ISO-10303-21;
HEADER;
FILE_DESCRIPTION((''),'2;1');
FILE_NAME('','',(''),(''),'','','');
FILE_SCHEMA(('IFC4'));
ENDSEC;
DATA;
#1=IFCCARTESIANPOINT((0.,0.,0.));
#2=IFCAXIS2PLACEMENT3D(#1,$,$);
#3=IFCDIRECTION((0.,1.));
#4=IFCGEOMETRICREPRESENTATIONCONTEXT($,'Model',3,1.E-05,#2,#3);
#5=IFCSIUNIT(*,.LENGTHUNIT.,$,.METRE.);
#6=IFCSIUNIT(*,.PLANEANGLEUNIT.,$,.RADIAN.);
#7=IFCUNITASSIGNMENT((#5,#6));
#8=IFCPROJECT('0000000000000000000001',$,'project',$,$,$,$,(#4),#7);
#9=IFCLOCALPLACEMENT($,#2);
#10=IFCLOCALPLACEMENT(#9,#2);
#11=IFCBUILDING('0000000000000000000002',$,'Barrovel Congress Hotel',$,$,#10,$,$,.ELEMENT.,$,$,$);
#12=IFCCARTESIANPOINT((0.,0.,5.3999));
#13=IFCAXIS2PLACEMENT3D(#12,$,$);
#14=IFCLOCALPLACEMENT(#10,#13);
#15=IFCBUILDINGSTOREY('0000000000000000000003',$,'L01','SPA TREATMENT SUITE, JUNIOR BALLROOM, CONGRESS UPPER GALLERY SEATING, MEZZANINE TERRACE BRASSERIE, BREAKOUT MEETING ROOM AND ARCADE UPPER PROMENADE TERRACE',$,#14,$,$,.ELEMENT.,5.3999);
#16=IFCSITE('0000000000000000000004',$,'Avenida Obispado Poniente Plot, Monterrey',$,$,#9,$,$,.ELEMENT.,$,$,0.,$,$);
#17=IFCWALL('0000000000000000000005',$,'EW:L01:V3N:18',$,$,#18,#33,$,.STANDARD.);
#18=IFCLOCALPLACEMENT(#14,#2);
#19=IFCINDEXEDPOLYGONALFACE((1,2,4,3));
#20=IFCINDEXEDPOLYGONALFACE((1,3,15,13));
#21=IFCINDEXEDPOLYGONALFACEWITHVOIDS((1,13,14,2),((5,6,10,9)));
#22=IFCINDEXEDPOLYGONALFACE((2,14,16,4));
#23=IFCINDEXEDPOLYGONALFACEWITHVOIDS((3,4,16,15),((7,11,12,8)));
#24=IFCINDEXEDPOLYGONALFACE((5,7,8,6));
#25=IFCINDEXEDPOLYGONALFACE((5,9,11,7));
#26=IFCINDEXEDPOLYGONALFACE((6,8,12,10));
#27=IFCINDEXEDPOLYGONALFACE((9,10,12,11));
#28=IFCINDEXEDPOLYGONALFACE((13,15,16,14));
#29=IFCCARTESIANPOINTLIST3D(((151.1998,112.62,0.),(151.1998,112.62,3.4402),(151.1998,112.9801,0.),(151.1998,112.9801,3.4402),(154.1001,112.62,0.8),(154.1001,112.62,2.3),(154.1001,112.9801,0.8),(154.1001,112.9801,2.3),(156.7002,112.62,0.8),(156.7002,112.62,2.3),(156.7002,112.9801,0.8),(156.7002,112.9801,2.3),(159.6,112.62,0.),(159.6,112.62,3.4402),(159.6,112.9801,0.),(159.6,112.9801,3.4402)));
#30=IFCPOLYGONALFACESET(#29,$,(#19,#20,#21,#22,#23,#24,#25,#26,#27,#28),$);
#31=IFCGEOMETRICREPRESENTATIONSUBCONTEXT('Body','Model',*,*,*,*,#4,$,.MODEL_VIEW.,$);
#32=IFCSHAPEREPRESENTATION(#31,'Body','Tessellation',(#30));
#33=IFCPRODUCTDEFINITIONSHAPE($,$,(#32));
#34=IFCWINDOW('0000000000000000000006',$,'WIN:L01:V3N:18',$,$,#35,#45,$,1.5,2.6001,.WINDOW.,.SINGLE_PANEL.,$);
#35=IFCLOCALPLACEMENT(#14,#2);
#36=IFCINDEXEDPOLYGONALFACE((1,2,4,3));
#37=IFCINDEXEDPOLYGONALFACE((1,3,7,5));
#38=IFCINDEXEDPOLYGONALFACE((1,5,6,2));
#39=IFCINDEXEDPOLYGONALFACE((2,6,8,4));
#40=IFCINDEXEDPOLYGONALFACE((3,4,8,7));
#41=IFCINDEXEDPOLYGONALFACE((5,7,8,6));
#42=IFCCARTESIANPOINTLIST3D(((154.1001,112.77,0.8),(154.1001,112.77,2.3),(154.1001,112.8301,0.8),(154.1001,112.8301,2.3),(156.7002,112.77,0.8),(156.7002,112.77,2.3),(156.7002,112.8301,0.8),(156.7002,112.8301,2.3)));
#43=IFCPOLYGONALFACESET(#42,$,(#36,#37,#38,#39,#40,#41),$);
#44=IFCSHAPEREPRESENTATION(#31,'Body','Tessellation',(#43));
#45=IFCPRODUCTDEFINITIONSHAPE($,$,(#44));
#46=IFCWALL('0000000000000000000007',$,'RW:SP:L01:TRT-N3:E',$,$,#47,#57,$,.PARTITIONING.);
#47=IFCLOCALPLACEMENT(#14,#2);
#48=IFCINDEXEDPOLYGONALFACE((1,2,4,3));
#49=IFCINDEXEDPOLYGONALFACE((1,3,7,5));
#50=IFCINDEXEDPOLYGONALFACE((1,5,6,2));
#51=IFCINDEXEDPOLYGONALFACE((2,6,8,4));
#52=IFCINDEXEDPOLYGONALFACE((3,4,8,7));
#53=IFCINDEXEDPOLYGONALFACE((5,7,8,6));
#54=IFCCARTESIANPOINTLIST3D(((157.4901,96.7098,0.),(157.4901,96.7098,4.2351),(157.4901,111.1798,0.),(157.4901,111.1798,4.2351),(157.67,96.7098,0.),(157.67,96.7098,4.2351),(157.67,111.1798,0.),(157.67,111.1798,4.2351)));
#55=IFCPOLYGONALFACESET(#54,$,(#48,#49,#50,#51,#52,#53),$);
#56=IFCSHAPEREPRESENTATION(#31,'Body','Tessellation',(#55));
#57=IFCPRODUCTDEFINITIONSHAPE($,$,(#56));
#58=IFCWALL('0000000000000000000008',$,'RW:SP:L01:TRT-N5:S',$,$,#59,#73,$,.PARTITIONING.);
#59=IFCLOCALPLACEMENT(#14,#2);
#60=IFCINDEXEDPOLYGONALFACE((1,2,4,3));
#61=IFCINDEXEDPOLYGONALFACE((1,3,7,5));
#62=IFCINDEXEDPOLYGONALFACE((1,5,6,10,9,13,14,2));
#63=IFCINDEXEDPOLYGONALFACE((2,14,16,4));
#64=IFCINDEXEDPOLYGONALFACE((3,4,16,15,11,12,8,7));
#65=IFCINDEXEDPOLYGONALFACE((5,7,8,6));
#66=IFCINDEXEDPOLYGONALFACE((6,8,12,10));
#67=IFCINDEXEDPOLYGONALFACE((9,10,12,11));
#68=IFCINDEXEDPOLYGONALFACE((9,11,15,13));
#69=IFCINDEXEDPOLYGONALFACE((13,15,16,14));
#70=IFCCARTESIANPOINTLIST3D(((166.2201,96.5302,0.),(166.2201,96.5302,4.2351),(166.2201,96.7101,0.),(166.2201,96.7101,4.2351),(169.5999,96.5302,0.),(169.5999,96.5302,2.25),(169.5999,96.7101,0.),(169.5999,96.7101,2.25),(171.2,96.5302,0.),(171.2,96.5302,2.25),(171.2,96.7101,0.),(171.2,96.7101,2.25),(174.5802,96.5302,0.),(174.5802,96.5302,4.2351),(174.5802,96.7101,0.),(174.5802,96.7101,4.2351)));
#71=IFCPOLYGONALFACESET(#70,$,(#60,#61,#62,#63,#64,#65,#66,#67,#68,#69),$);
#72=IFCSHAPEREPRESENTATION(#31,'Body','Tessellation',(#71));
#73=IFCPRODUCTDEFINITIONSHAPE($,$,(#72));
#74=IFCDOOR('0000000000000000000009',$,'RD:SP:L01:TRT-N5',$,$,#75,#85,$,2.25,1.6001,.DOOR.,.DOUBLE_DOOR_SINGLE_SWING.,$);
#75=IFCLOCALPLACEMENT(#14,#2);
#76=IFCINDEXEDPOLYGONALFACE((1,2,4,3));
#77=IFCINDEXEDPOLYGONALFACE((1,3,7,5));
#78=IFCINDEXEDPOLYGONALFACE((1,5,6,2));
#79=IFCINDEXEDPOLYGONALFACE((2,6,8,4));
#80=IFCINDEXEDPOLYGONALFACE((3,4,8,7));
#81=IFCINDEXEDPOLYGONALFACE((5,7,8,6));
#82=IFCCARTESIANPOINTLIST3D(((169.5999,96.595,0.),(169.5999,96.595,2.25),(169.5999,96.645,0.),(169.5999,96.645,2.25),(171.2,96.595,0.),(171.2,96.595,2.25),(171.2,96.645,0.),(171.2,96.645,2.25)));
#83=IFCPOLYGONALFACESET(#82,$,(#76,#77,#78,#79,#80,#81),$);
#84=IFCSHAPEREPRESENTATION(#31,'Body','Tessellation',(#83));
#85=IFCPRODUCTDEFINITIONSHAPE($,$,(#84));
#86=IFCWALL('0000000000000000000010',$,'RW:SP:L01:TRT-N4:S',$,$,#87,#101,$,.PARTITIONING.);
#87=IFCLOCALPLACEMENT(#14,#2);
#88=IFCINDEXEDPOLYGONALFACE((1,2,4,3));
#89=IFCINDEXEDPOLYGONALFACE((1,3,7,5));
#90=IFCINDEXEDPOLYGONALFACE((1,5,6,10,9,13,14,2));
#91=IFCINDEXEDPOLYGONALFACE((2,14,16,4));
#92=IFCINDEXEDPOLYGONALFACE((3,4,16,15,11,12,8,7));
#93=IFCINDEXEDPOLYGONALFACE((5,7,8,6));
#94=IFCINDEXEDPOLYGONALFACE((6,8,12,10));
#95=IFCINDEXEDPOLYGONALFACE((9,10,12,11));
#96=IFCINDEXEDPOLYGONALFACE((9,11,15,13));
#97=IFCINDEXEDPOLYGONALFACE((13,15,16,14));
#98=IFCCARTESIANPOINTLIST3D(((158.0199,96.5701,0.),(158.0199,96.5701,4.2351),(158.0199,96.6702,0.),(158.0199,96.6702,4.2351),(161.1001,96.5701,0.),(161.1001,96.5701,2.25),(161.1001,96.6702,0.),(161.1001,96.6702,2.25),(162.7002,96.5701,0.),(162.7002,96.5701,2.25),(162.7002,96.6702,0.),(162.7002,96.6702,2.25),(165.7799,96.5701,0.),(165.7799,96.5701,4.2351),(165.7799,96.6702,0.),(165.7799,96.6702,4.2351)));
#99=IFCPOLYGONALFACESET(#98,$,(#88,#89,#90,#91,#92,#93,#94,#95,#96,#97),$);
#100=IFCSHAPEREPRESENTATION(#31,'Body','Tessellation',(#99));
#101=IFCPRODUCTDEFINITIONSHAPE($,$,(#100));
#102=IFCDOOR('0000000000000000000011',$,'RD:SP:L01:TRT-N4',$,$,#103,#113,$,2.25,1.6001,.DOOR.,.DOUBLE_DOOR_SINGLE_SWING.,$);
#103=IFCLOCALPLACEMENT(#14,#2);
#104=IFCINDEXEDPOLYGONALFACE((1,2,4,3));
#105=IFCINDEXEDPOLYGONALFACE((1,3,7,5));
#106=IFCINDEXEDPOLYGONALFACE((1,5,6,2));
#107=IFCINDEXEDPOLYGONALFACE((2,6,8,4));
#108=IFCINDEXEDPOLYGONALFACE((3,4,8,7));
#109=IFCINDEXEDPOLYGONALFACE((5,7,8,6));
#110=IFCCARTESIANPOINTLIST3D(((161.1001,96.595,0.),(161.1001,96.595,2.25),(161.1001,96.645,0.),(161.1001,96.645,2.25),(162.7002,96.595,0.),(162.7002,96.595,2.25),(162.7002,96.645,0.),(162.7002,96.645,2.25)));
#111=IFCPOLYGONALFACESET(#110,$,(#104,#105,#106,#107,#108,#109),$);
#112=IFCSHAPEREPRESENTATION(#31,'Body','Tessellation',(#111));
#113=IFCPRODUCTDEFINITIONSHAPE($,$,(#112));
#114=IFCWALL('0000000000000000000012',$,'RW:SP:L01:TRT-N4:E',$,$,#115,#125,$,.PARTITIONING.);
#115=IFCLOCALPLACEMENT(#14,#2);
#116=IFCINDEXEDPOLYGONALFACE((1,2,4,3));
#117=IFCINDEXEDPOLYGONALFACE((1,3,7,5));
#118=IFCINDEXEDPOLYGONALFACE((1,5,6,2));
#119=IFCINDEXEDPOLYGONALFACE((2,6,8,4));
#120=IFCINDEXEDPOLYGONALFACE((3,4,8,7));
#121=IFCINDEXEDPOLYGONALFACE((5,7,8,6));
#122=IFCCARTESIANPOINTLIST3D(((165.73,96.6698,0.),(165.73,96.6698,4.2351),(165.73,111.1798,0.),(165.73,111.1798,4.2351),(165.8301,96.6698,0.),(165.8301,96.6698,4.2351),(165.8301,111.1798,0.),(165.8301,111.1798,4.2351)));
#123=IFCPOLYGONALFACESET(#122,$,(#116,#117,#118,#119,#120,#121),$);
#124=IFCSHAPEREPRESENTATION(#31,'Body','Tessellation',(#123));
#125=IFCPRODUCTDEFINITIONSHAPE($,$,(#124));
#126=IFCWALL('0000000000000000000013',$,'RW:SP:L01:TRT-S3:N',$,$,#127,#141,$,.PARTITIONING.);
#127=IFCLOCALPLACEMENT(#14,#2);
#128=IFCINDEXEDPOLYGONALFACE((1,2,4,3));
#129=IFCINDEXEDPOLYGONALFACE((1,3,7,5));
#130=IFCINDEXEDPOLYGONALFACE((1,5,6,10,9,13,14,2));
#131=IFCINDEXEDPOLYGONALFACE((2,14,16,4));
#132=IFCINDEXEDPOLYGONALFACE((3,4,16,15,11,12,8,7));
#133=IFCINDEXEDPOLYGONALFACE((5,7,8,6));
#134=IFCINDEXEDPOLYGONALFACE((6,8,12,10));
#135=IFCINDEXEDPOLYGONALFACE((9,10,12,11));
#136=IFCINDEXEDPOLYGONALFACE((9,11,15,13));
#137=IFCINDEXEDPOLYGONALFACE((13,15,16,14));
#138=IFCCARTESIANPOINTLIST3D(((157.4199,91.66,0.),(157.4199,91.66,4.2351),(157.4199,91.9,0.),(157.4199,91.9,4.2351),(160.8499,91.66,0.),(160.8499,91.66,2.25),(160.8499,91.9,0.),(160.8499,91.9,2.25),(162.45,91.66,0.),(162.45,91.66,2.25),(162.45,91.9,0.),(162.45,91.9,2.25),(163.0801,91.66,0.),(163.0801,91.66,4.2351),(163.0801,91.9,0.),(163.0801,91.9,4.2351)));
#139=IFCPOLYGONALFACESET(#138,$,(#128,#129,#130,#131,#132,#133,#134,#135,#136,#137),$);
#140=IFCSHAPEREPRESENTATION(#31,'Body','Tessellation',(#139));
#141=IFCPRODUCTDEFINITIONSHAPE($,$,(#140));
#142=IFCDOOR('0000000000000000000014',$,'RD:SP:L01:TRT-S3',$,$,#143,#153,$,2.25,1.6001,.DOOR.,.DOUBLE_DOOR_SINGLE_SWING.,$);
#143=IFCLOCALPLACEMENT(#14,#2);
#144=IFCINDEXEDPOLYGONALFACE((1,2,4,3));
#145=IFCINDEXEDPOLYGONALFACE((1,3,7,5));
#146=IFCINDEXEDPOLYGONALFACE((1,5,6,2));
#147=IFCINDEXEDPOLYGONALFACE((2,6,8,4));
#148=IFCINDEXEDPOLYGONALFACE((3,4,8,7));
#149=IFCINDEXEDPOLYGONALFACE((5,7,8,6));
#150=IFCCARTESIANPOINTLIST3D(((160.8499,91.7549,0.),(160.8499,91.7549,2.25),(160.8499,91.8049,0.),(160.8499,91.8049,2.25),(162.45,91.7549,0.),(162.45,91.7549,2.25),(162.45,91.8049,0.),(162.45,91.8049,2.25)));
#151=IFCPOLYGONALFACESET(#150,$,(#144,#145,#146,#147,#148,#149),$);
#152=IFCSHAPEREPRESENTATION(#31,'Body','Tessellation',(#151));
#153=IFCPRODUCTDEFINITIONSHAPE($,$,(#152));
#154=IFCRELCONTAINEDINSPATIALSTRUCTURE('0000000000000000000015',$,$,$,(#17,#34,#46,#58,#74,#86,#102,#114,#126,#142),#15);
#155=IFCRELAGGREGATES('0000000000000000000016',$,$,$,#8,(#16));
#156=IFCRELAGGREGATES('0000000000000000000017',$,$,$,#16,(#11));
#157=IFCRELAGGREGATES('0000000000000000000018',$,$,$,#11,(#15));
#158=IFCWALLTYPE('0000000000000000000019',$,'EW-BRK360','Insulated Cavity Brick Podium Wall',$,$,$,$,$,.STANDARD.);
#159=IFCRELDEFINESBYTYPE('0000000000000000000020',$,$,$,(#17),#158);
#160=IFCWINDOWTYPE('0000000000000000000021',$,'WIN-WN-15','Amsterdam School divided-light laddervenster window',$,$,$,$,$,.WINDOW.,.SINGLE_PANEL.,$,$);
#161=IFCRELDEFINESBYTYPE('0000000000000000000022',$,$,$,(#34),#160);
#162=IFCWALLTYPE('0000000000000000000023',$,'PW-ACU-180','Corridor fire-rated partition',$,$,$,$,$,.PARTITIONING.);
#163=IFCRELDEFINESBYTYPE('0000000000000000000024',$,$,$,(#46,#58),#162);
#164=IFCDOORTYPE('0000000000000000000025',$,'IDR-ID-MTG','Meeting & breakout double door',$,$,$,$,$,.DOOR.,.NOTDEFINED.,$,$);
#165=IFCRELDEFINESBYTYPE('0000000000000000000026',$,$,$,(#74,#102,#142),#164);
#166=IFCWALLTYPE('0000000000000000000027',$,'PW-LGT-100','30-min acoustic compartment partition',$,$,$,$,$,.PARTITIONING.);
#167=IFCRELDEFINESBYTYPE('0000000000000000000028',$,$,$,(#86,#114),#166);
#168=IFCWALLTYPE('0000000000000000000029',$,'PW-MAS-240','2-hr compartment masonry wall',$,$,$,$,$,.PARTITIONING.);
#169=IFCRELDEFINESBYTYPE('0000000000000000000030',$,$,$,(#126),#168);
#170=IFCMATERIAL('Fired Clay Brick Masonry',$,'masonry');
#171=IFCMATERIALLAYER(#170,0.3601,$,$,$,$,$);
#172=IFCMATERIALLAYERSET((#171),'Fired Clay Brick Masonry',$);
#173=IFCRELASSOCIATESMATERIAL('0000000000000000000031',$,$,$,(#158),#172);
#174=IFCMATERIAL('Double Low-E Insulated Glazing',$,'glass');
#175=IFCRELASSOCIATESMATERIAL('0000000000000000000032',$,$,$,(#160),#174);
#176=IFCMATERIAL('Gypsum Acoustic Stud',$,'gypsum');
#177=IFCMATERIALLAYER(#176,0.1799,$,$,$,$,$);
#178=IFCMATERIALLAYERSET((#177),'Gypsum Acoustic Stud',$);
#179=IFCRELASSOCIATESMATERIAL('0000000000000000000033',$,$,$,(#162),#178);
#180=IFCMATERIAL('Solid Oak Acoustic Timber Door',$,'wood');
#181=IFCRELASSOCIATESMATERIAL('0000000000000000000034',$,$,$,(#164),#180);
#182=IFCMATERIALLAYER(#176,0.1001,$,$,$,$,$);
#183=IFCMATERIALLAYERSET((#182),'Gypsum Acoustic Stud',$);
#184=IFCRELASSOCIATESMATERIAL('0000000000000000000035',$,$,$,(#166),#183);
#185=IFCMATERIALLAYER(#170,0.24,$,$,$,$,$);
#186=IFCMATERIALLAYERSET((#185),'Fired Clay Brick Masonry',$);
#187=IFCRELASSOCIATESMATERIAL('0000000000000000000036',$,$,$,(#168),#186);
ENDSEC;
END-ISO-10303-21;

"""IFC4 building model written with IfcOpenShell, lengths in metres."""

from ifc_helpers import new_model, si_unit, direction, frame, frame_2d, origin, place, context, subcontext, project, spatial, rectangle, extrude, material, layer, layer_set, type_object, element, fill, save


model = new_model("IFC4")

# Units and contexts
model_context = context("Model", 3, precision=1e-05, world=origin(), true_north=direction((0.0, 1.0)))
body_context = subcontext(model_context, "Body", "Model", "MODEL_VIEW")
ifc_project = project(units=[si_unit("LENGTHUNIT", "METRE"), si_unit("PLANEANGLEUNIT", "RADIAN")], contexts=[model_context])

# Site, building, storey
site_placement = place(None, origin())
site = spatial("IfcSite", under=ifc_project, at=site_placement, Name="Avenida Obispado Poniente Plot, Monterrey", CompositionType="ELEMENT", RefElevation=0.0)
building_placement = place(site_placement, origin())
building = spatial("IfcBuilding", under=site, at=building_placement, Name="Barrovel Congress Hotel", CompositionType="ELEMENT")
storey_placement = place(building_placement, frame((0.0, 0.0, 5.3999)))
storey = spatial("IfcBuildingStorey", under=building, at=storey_placement, Name="L01", Description="SPA TREATMENT SUITE, JUNIOR BALLROOM, CONGRESS UPPER GALLERY SEATING, MEZZANINE TERRACE BRASSERIE, BREAKOUT MEETING ROOM AND ARCADE UPPER PROMENADE TERRACE", CompositionType="ELEMENT", Elevation=5.3999)

# Wall, opening, window
ifc_material_1 = material(Name="Fired Clay Brick Masonry", Category="masonry")
ifc_layer_1 = layer(ifc_material_1, 0.3601)
ifc_layer_set_1 = layer_set([ifc_layer_1], Name="Fired Clay Brick Masonry")
wall_type_1 = type_object("IfcWallType", Name="EW-BRK360", Description="Insulated Cavity Brick Podium Wall", PredefinedType="STANDARD", material=ifc_layer_set_1)
wall_1_placement = place(storey_placement, frame((159.6001, 112.8, 0.0), z_axis=(0.0, 0.0, 1.0), x_axis=(-1.0, 0.0, 0.0)))
wall_1 = element("IfcWall", 1, at=wall_1_placement, inside=storey, type_object=wall_type_1, Name="EW:L01:V3N:18", PredefinedType="STANDARD", context=body_context, shape_type="SweptSolid", body=[
    extrude(rectangle(XDim=8.4001, YDim=0.3601, at=frame_2d((4.2002, 0.0))), origin(), (0.0, 0.0, 1.0), 3.4402),
])
opening_1_placement = place(wall_1_placement, frame((2.8999, 0.0, 0.8)))
opening_1 = element("IfcOpeningElement", 2, at=opening_1_placement, cuts=wall_1, PredefinedType="OPENING", context=body_context, shape_type="SweptSolid", body=[
    extrude(rectangle(XDim=2.6001, YDim=1.5, at=frame_2d((1.3, 0.75))), frame((0.0, 0.1899, 0.0), z_axis=(0.0, -1.0, 0.0), x_axis=(1.0, 0.0, 0.0)), (0.0, 0.0, 1.0), 0.3801),
])
ifc_material_2 = material(Name="Double Low-E Insulated Glazing", Category="glass")
window_type = type_object("IfcWindowType", Name="WIN-WN-15", Description="Amsterdam School divided-light laddervenster window", PartitioningType="SINGLE_PANEL", PredefinedType="WINDOW", material=ifc_material_2)
window_placement = place(opening_1_placement, origin())
window = element("IfcWindow", 3, at=window_placement, inside=storey, type_object=window_type, Name="WIN:L01:V3N:18", OverallHeight=1.5, OverallWidth=2.6001, PartitioningType="SINGLE_PANEL", PredefinedType="WINDOW", context=body_context, shape_type="SweptSolid", body=[
    extrude(rectangle(XDim=2.6001, YDim=1.5, at=frame_2d((1.3, 0.75))), frame((0.0, 0.03, 0.0), z_axis=(0.0, -1.0, 0.0), x_axis=(1.0, 0.0, 0.0)), (0.0, 0.0, 1.0), 0.0601),
])
fill(opening_1, window)

# Wall
ifc_material_3 = material(Name="Gypsum Acoustic Stud", Category="gypsum")
ifc_layer_2 = layer(ifc_material_3, 0.1799)
ifc_layer_set_2 = layer_set([ifc_layer_2], Name="Gypsum Acoustic Stud")
wall_type_2 = type_object("IfcWallType", Name="PW-ACU-180", Description="Corridor fire-rated partition", PredefinedType="PARTITIONING", material=ifc_layer_set_2)
wall_2_placement = place(storey_placement, frame((157.5801, 96.71, 0.0), z_axis=(0.0, 0.0, 1.0), x_axis=(0.0, 1.0, 0.0)))
element("IfcWall", 4, at=wall_2_placement, inside=storey, type_object=wall_type_2, Name="RW:SP:L01:TRT-N3:E", PredefinedType="PARTITIONING", context=body_context, shape_type="SweptSolid", body=[
    extrude(rectangle(XDim=14.47, YDim=0.1799, at=frame_2d((7.2349, 0.0))), origin(), (0.0, 0.0, 1.0), 4.2351),
])

# Walls, openings, doors
wall_3_placement = place(storey_placement, frame((166.22, 96.6201, 0.0), z_axis=(0.0, 0.0, 1.0), x_axis=(1.0, 0.0, 0.0)))
wall_3 = element("IfcWall", 5, at=wall_3_placement, inside=storey, type_object=wall_type_2, Name="RW:SP:L01:TRT-N5:S", PredefinedType="PARTITIONING", context=body_context, shape_type="SweptSolid", body=[
    extrude(rectangle(XDim=8.3601, YDim=0.1799, at=frame_2d((4.1802, 0.0))), origin(), (0.0, 0.0, 1.0), 4.2351),
])
opening_2_placement = place(wall_3_placement, frame((3.3799, 0.0, 0.0)))
opening_2 = element("IfcOpeningElement", 6, at=opening_2_placement, cuts=wall_3, PredefinedType="OPENING", context=body_context, shape_type="SweptSolid", body=[
    extrude(rectangle(XDim=1.6001, YDim=2.25, at=frame_2d((0.8, 1.125))), frame((0.0, 0.1001, 0.0), z_axis=(0.0, -1.0, 0.0), x_axis=(1.0, 0.0, 0.0)), (0.0, 0.0, 1.0), 0.2),
])
ifc_material_4 = material(Name="Solid Oak Acoustic Timber Door", Category="wood")
door_type = type_object("IfcDoorType", Name="IDR-ID-MTG", Description="Meeting & breakout double door", OperationType="NOTDEFINED", PredefinedType="DOOR", material=ifc_material_4)
door_1_placement = place(opening_2_placement, origin())
door_1 = element("IfcDoor", 7, at=door_1_placement, inside=storey, type_object=door_type, Name="RD:SP:L01:TRT-N5", OperationType="DOUBLE_DOOR_SINGLE_SWING", OverallHeight=2.25, OverallWidth=1.6001, PredefinedType="DOOR", context=body_context, shape_type="SweptSolid", body=[
    extrude(rectangle(XDim=1.6001, YDim=2.25, at=frame_2d((0.8, 1.125))), frame((0.0, 0.0249, 0.0), z_axis=(0.0, -1.0, 0.0), x_axis=(1.0, 0.0, 0.0)), (0.0, 0.0, 1.0), 0.05),
])
fill(opening_2, door_1)
ifc_layer_3 = layer(ifc_material_3, 0.1001)
ifc_layer_set_3 = layer_set([ifc_layer_3], Name="Gypsum Acoustic Stud")
wall_type_3 = type_object("IfcWallType", Name="PW-LGT-100", Description="30-min acoustic compartment partition", PredefinedType="PARTITIONING", material=ifc_layer_set_3)
wall_4_placement = place(storey_placement, frame((158.02, 96.6201, 0.0), z_axis=(0.0, 0.0, 1.0), x_axis=(1.0, 0.0, 0.0)))
wall_4 = element("IfcWall", 8, at=wall_4_placement, inside=storey, type_object=wall_type_3, Name="RW:SP:L01:TRT-N4:S", PredefinedType="PARTITIONING", context=body_context, shape_type="SweptSolid", body=[
    extrude(rectangle(XDim=7.76, YDim=0.1001, at=frame_2d((3.8799, 0.0))), origin(), (0.0, 0.0, 1.0), 4.2351),
])
opening_3_placement = place(wall_4_placement, frame((3.0801, 0.0, 0.0)))
opening_3 = element("IfcOpeningElement", 9, at=opening_3_placement, cuts=wall_4, PredefinedType="OPENING", context=body_context, shape_type="SweptSolid", body=[
    extrude(rectangle(XDim=1.6001, YDim=2.25, at=frame_2d((0.8, 1.125))), frame((0.0, 0.0601, 0.0), z_axis=(0.0, -1.0, 0.0), x_axis=(1.0, 0.0, 0.0)), (0.0, 0.0, 1.0), 0.1201),
])
door_2_placement = place(opening_3_placement, origin())
door_2 = element("IfcDoor", 10, at=door_2_placement, inside=storey, type_object=door_type, Name="RD:SP:L01:TRT-N4", OperationType="DOUBLE_DOOR_SINGLE_SWING", OverallHeight=2.25, OverallWidth=1.6001, PredefinedType="DOOR", context=body_context, shape_type="SweptSolid", body=[
    extrude(rectangle(XDim=1.6001, YDim=2.25, at=frame_2d((0.8, 1.125))), frame((0.0, 0.0249, 0.0), z_axis=(0.0, -1.0, 0.0), x_axis=(1.0, 0.0, 0.0)), (0.0, 0.0, 1.0), 0.05),
])
fill(opening_3, door_2)

# Wall
wall_5_placement = place(storey_placement, frame((165.78, 96.6699, 0.0), z_axis=(0.0, 0.0, 1.0), x_axis=(0.0, 1.0, 0.0)))
element("IfcWall", 11, at=wall_5_placement, inside=storey, type_object=wall_type_3, Name="RW:SP:L01:TRT-N4:E", PredefinedType="PARTITIONING", context=body_context, shape_type="SweptSolid", body=[
    extrude(rectangle(XDim=14.51, YDim=0.1001, at=frame_2d((7.2549, 0.0))), origin(), (0.0, 0.0, 1.0), 4.2351),
])

# Wall, opening, door
ifc_layer_4 = layer(ifc_material_1, 0.24)
ifc_layer_set_4 = layer_set([ifc_layer_4], Name="Fired Clay Brick Masonry")
wall_type_4 = type_object("IfcWallType", Name="PW-MAS-240", Description="2-hr compartment masonry wall", PredefinedType="PARTITIONING", material=ifc_layer_set_4)
wall_6_placement = place(storey_placement, frame((157.4199, 91.78, 0.0), z_axis=(0.0, 0.0, 1.0), x_axis=(1.0, 0.0, 0.0)))
wall_6 = element("IfcWall", 12, at=wall_6_placement, inside=storey, type_object=wall_type_4, Name="RW:SP:L01:TRT-S3:N", PredefinedType="PARTITIONING", context=body_context, shape_type="SweptSolid", body=[
    extrude(rectangle(XDim=5.6602, YDim=0.24, at=frame_2d((2.8301, 0.0))), origin(), (0.0, 0.0, 1.0), 4.2351),
])
opening_4_placement = place(wall_6_placement, frame((3.4299, 0.0, 0.0)))
opening_4 = element("IfcOpeningElement", 13, at=opening_4_placement, cuts=wall_6, PredefinedType="OPENING", context=body_context, shape_type="SweptSolid", body=[
    extrude(rectangle(XDim=1.6001, YDim=2.25, at=frame_2d((0.8, 1.125))), frame((0.0, 0.1299, 0.0), z_axis=(0.0, -1.0, 0.0), x_axis=(1.0, 0.0, 0.0)), (0.0, 0.0, 1.0), 0.26),
])
door_3_placement = place(opening_4_placement, origin())
door_3 = element("IfcDoor", 14, at=door_3_placement, inside=storey, type_object=door_type, Name="RD:SP:L01:TRT-S3", OperationType="DOUBLE_DOOR_SINGLE_SWING", OverallHeight=2.25, OverallWidth=1.6001, PredefinedType="DOOR", context=body_context, shape_type="SweptSolid", body=[
    extrude(rectangle(XDim=1.6001, YDim=2.25, at=frame_2d((0.8, 1.125))), frame((0.0, 0.0249, 0.0), z_axis=(0.0, -1.0, 0.0), x_axis=(1.0, 0.0, 0.0)), (0.0, 0.0, 1.0), 0.05),
])
fill(opening_4, door_3)

save(model, "model.ifc")
